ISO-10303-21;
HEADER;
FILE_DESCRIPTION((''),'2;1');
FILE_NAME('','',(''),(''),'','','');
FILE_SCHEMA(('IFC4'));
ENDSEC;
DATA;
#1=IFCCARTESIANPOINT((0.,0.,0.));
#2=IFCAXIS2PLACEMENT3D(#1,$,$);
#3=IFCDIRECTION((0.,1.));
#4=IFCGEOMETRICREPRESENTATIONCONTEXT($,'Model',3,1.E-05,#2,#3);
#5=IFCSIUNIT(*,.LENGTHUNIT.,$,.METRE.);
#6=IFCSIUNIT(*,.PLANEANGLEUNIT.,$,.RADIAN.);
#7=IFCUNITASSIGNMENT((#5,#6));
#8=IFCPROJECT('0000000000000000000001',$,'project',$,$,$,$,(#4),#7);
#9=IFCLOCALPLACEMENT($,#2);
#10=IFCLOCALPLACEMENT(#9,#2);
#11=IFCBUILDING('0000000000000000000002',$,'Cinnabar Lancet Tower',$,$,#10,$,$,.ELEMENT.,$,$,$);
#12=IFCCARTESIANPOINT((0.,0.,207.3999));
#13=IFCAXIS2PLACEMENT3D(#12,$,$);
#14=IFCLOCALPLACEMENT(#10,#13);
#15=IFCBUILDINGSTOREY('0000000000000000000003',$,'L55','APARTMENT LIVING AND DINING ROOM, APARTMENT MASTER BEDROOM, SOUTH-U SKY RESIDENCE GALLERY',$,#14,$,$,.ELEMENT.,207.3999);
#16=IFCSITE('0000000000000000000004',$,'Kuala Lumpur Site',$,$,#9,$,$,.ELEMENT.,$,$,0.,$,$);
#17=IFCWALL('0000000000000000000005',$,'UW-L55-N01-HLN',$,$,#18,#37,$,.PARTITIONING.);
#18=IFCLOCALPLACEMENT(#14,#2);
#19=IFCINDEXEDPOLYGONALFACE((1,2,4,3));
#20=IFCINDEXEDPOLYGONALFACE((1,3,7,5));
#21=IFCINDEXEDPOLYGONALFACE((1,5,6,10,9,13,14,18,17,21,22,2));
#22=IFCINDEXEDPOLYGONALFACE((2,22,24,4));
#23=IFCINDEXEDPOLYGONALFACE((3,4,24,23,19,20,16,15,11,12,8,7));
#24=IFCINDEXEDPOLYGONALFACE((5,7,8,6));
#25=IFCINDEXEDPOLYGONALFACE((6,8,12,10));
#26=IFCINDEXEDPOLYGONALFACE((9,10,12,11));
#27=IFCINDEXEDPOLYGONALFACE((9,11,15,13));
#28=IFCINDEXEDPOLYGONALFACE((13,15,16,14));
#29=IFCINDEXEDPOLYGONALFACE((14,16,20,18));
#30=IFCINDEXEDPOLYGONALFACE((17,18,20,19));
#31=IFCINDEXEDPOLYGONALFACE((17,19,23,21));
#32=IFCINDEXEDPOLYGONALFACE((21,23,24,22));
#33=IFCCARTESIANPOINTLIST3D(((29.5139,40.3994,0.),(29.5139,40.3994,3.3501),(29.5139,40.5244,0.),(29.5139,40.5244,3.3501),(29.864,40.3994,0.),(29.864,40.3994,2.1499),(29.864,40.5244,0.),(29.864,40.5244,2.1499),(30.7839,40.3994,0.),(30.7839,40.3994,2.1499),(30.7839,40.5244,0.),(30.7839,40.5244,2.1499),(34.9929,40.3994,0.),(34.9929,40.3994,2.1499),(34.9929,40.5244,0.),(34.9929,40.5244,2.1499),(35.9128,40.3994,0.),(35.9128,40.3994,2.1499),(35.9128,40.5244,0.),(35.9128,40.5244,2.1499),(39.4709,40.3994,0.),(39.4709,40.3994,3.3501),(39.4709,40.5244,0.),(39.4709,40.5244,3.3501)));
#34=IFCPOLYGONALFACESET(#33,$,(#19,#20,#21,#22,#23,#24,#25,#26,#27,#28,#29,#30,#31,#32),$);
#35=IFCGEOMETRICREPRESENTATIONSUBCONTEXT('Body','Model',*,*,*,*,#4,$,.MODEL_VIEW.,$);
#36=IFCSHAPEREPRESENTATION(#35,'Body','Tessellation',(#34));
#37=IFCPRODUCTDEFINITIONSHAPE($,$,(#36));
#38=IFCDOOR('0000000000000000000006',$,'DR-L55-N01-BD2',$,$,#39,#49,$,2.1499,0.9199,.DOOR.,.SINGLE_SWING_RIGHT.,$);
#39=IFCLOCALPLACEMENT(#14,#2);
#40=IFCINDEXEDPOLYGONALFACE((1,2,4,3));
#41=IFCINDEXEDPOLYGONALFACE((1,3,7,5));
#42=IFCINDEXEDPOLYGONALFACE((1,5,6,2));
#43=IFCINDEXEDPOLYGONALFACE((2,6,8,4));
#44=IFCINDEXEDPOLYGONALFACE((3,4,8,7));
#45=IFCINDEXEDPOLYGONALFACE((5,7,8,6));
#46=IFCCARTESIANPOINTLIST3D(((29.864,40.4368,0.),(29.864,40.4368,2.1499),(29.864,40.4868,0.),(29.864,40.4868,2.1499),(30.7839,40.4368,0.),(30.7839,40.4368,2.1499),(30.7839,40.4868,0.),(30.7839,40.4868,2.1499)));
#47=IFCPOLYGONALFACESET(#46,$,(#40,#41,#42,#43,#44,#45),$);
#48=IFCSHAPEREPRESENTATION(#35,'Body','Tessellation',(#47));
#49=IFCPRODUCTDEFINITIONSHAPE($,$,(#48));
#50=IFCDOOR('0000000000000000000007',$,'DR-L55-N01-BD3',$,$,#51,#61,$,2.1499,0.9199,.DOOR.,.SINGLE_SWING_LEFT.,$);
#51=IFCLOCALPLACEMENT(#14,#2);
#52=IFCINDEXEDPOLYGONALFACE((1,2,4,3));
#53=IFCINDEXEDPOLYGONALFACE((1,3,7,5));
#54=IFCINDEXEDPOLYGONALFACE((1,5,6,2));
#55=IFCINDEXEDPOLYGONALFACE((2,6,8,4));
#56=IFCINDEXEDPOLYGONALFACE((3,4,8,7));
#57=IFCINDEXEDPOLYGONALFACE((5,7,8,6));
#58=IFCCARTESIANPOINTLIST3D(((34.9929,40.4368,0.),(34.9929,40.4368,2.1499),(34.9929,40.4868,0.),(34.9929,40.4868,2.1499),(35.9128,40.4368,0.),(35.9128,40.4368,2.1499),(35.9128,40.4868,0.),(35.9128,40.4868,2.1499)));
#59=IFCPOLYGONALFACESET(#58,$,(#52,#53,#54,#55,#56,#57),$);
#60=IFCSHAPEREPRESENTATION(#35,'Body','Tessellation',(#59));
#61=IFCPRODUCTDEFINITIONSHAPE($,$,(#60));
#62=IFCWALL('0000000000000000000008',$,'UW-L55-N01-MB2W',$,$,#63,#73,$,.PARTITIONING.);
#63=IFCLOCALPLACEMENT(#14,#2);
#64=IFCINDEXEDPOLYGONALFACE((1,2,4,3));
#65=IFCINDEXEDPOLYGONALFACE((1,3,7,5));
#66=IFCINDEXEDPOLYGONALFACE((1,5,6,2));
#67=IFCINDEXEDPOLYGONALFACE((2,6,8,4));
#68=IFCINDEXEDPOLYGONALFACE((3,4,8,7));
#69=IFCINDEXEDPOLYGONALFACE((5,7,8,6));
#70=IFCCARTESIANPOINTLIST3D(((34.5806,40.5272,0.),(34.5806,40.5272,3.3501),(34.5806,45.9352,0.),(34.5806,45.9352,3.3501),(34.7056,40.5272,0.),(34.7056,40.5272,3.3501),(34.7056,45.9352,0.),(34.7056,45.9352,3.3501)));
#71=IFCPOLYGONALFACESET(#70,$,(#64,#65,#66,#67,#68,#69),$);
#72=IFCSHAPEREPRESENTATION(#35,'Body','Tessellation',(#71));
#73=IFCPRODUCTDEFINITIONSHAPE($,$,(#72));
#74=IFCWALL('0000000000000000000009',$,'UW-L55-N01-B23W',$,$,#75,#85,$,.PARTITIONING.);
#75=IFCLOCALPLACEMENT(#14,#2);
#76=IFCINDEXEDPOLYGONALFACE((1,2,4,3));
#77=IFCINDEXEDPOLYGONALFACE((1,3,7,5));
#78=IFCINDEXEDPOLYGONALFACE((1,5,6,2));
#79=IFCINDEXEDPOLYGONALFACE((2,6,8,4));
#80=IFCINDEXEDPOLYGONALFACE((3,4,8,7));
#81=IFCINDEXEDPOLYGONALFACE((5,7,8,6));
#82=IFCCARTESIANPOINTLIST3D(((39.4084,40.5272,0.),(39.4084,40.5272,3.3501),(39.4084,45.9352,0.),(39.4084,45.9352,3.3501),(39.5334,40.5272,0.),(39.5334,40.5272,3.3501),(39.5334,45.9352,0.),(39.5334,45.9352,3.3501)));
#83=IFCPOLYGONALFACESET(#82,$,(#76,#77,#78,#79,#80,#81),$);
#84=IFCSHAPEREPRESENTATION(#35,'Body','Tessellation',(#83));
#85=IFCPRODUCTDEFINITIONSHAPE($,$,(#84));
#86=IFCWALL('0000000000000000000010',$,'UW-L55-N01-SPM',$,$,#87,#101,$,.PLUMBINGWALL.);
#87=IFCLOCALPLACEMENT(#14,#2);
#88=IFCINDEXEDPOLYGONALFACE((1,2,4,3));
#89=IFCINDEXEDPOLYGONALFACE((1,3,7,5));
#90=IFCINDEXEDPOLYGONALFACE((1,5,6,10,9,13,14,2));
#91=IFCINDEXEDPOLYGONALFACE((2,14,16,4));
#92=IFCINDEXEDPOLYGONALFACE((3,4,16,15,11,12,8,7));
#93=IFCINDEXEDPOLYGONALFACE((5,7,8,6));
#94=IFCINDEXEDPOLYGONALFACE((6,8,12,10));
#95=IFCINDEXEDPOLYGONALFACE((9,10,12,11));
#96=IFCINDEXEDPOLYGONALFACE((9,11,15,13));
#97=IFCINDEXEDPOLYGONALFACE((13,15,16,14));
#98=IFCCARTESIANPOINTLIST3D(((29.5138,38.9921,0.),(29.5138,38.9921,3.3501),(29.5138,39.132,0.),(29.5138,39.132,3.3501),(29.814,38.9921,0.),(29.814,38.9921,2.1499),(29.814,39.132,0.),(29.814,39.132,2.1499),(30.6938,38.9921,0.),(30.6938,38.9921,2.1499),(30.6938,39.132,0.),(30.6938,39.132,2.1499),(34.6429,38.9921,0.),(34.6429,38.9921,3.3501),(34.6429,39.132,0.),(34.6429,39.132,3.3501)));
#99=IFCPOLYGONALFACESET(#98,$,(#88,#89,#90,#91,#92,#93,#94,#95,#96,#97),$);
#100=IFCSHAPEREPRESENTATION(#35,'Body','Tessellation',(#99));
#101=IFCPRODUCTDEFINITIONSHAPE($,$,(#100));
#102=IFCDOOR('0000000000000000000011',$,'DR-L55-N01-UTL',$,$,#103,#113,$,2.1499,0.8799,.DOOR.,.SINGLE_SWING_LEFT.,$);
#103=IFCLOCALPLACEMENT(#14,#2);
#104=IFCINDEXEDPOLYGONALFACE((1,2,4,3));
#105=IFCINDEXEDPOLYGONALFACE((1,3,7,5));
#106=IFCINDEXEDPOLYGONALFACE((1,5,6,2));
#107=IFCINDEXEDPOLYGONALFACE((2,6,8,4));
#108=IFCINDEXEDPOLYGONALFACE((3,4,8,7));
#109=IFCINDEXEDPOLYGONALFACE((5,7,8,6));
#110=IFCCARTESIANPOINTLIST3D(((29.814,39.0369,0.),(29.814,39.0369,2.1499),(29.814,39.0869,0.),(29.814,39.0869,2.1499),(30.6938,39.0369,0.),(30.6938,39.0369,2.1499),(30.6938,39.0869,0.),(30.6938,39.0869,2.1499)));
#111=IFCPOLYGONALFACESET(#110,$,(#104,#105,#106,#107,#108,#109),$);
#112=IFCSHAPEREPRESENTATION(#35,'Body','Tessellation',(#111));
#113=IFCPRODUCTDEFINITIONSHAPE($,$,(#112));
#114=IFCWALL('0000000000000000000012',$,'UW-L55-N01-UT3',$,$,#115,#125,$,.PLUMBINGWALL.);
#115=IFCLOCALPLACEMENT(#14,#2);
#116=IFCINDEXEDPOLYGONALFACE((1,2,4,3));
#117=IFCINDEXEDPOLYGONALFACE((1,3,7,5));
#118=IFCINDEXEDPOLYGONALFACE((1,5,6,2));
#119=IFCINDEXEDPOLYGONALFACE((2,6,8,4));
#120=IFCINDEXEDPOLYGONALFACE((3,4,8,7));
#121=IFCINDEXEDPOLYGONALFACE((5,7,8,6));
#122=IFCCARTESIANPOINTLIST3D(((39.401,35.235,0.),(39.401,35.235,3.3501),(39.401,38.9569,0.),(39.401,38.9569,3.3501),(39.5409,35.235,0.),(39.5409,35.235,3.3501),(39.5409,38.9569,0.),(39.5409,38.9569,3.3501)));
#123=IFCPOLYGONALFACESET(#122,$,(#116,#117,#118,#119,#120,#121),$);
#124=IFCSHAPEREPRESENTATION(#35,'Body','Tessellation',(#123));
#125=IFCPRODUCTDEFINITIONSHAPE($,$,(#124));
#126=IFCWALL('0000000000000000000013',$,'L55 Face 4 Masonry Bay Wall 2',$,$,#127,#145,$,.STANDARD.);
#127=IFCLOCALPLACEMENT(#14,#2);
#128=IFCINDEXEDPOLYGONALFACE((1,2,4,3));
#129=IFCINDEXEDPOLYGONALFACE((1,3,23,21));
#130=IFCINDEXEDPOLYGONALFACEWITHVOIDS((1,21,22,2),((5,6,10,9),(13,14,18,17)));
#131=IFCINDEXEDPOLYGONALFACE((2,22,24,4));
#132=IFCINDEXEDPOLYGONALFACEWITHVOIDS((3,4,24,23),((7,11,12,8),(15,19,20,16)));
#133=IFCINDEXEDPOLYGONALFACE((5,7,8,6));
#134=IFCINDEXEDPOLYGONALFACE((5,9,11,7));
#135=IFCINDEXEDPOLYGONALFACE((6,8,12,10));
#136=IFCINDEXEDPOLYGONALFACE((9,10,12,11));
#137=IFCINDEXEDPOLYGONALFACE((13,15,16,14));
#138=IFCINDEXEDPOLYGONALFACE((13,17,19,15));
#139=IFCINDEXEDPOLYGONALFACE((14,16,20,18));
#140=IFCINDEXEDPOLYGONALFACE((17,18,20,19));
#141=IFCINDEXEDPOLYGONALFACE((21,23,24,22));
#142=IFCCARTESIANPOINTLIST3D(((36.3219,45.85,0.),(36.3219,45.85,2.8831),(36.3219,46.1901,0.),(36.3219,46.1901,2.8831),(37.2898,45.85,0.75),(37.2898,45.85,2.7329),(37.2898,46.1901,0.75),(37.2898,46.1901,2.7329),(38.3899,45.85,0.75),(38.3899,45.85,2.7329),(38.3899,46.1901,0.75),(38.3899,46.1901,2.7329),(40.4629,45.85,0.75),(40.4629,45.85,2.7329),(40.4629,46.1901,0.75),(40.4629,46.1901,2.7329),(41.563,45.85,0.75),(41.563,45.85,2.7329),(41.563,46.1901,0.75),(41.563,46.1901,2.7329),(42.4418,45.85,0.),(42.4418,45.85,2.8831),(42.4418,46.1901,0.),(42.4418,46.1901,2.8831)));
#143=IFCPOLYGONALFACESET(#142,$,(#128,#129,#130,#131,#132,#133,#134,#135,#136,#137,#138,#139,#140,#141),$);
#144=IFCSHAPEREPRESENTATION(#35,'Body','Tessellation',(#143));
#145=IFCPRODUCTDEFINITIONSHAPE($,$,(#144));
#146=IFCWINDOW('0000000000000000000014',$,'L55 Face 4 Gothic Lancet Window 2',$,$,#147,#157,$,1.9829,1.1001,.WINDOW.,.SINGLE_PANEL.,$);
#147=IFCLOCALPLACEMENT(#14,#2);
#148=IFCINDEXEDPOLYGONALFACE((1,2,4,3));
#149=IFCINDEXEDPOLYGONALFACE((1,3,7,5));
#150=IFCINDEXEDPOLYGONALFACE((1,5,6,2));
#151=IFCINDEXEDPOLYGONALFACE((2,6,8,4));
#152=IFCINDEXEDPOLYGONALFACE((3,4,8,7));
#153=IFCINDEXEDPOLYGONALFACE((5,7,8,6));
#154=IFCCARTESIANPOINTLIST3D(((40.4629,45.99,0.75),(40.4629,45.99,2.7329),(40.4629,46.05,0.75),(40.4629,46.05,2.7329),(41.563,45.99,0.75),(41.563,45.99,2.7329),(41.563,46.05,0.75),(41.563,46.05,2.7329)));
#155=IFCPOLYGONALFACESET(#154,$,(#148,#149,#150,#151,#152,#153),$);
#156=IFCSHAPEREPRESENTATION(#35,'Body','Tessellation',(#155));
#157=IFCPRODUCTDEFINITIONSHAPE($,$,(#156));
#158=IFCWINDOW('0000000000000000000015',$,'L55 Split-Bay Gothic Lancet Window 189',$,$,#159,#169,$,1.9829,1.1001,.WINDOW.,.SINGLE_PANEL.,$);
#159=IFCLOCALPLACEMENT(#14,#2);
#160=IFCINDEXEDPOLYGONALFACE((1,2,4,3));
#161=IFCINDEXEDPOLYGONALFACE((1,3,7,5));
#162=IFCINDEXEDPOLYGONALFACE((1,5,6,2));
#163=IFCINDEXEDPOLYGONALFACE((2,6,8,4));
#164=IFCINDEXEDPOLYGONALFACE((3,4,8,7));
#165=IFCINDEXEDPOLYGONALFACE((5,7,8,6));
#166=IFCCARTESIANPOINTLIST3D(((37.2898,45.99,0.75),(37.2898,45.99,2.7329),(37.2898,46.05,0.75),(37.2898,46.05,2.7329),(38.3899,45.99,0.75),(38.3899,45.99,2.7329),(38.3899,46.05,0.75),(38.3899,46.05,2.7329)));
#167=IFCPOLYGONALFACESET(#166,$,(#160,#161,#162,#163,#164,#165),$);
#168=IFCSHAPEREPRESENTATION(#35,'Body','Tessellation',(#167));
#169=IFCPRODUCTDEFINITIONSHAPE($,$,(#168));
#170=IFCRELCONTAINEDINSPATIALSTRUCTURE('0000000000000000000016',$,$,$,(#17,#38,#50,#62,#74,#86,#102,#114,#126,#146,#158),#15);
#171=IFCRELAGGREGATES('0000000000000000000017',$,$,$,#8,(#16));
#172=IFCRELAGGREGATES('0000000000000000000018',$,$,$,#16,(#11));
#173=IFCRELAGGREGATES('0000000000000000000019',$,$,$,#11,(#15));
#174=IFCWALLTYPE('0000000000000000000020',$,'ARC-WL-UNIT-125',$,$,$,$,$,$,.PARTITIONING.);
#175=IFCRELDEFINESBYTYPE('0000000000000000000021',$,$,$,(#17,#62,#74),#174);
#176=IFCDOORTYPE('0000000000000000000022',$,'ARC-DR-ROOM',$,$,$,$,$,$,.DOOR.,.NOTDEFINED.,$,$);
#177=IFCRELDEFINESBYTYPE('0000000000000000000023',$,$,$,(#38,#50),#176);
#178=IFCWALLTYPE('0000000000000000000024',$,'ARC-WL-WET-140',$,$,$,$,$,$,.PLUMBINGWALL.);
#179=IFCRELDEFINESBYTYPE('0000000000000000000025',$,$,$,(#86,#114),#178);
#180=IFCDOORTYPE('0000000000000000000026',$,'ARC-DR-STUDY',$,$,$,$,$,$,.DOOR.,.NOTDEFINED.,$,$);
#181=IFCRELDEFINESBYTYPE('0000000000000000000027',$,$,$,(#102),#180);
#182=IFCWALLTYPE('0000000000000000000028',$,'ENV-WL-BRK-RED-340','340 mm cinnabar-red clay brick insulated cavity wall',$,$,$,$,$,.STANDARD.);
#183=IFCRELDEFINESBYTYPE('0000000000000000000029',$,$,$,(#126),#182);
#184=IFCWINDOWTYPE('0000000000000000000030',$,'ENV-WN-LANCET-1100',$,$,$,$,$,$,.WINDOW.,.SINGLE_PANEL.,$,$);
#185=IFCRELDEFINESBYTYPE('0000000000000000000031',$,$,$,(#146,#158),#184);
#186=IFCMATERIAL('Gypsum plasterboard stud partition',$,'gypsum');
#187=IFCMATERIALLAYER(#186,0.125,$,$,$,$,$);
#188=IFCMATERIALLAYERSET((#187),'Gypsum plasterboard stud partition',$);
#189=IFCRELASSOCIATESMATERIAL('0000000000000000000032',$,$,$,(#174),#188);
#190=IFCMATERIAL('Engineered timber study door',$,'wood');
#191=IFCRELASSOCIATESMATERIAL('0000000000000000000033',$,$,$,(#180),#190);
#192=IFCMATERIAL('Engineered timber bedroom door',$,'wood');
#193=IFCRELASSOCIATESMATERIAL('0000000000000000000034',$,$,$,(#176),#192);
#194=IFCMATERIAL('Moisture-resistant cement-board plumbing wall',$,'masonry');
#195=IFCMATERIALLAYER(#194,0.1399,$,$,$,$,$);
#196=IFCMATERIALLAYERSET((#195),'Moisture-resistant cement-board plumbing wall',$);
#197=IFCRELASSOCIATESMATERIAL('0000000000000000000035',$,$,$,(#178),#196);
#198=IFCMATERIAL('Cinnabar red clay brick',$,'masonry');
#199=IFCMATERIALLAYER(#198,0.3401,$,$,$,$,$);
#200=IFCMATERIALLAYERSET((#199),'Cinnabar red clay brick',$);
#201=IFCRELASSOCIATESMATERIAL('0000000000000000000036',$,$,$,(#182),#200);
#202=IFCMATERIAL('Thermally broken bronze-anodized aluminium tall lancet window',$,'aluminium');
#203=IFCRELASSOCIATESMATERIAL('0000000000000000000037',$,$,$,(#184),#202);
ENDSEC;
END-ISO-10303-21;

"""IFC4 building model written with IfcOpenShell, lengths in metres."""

from ifc_helpers import new_model, si_unit, direction, frame, frame_2d, origin, place, context, subcontext, project, spatial, rectangle, extrude, material, layer, layer_set, type_object, element, fill, save


model = new_model("IFC4")

# Units and contexts
model_context = context("Model", 3, precision=1e-05, world=origin(), true_north=direction((0.0, 1.0)))
body_context = subcontext(model_context, "Body", "Model", "MODEL_VIEW")
ifc_project = project(units=[si_unit("LENGTHUNIT", "METRE"), si_unit("PLANEANGLEUNIT", "RADIAN")], contexts=[model_context])

# Site, building, storey
site_placement = place(None, origin())
site = spatial("IfcSite", under=ifc_project, at=site_placement, Name="Kuala Lumpur Site", CompositionType="ELEMENT", RefElevation=0.0)
building_placement = place(site_placement, origin())
building = spatial("IfcBuilding", under=site, at=building_placement, Name="Cinnabar Lancet Tower", CompositionType="ELEMENT")
storey_placement = place(building_placement, frame((0.0, 0.0, 207.3999)))
storey = spatial("IfcBuildingStorey", under=building, at=storey_placement, Name="L55", Description="APARTMENT LIVING AND DINING ROOM, APARTMENT MASTER BEDROOM, SOUTH-U SKY RESIDENCE GALLERY", CompositionType="ELEMENT", Elevation=207.3999)

# Shared definitions
ifc_material_1 = material(Name="Gypsum plasterboard stud partition", Category="gypsum")
ifc_layer_1 = layer(ifc_material_1, 0.125)
ifc_layer_set_1 = layer_set([ifc_layer_1], Name="Gypsum plasterboard stud partition")
wall_type_1 = type_object("IfcWallType", Name="ARC-WL-UNIT-125", PredefinedType="PARTITIONING", material=ifc_layer_set_1)
ifc_material_2 = material(Name="Engineered timber study door", Category="wood")
door_type_1 = type_object("IfcDoorType", Name="ARC-DR-STUDY", OperationType="NOTDEFINED", PredefinedType="DOOR", material=ifc_material_2)

# Wall, openings, doors
wall_1_placement = place(storey_placement, frame((29.5139, 40.4619, 0.0), z_axis=(0.0, 0.0, 1.0), x_axis=(1.0, 0.0, 0.0)))
wall_1 = element("IfcWall", 1, at=wall_1_placement, inside=storey, type_object=wall_type_1, Name="UW-L55-N01-HLN", PredefinedType="PARTITIONING", context=body_context, shape_type="SweptSolid", body=[
    extrude(rectangle(XDim=9.957, YDim=0.125, at=frame_2d((4.9785, 0.0))), origin(), (0.0, 0.0, 1.0), 3.3501),
])
opening_1_placement = place(wall_1_placement, frame((0.3501, 0.0, 0.0)))
opening_1 = element("IfcOpeningElement", 2, at=opening_1_placement, cuts=wall_1, PredefinedType="OPENING", context=body_context, shape_type="SweptSolid", body=[
    extrude(rectangle(XDim=0.9199, YDim=2.1499, at=frame_2d((0.46, 1.075))), frame((0.0, 0.0725, 0.0), z_axis=(0.0, -1.0, 0.0), x_axis=(1.0, 0.0, 0.0)), (0.0, 0.0, 1.0), 0.145),
])
opening_2_placement = place(wall_1_placement, frame((5.479, 0.0, 0.0)))
opening_2 = element("IfcOpeningElement", 3, at=opening_2_placement, cuts=wall_1, PredefinedType="OPENING", context=body_context, shape_type="SweptSolid", body=[
    extrude(rectangle(XDim=0.9199, YDim=2.1499, at=frame_2d((0.46, 1.075))), frame((0.0, 0.0725, 0.0), z_axis=(0.0, -1.0, 0.0), x_axis=(1.0, 0.0, 0.0)), (0.0, 0.0, 1.0), 0.145),
])
ifc_material_3 = material(Name="Engineered timber bedroom door", Category="wood")
door_type_2 = type_object("IfcDoorType", Name="ARC-DR-ROOM", OperationType="NOTDEFINED", PredefinedType="DOOR", material=ifc_material_3)
door_1_placement = place(opening_1_placement, origin())
door_1 = element("IfcDoor", 4, at=door_1_placement, inside=storey, type_object=door_type_2, Name="DR-L55-N01-BD2", OperationType="SINGLE_SWING_RIGHT", OverallHeight=2.1499, OverallWidth=0.9199, PredefinedType="DOOR", context=body_context, shape_type="SweptSolid", body=[
    extrude(rectangle(XDim=0.9199, YDim=2.1499, at=frame_2d((0.46, 1.075))), frame((0.0, 0.0249, 0.0), z_axis=(0.0, -1.0, 0.0), x_axis=(1.0, 0.0, 0.0)), (0.0, 0.0, 1.0), 0.05),
])
fill(opening_1, door_1)
door_2_placement = place(opening_2_placement, origin())
door_2 = element("IfcDoor", 5, at=door_2_placement, inside=storey, type_object=door_type_2, Name="DR-L55-N01-BD3", OperationType="SINGLE_SWING_LEFT", OverallHeight=2.1499, OverallWidth=0.9199, PredefinedType="DOOR", context=body_context, shape_type="SweptSolid", body=[
    extrude(rectangle(XDim=0.9199, YDim=2.1499, at=frame_2d((0.46, 1.075))), frame((0.0, 0.0249, 0.0), z_axis=(0.0, -1.0, 0.0), x_axis=(1.0, 0.0, 0.0)), (0.0, 0.0, 1.0), 0.05),
])
fill(opening_2, door_2)

# Walls
for number, where, z_axis, x_axis, name in (
    (6, (34.6431, 40.5271, 0.0), (0.0, 0.0, 1.0), (0.0, 1.0, 0.0), "UW-L55-N01-MB2W"),
    (7, (39.4709, 40.5271, 0.0), (0.0, 0.0, 1.0), (0.0, 1.0, 0.0), "UW-L55-N01-B23W"),
):
    element("IfcWall", number, at=place(storey_placement, frame(where, z_axis=z_axis, x_axis=x_axis)), inside=storey, type_object=wall_type_1, Name=name, PredefinedType="PARTITIONING", context=body_context, shape_type="SweptSolid", body=[
        extrude(rectangle(XDim=5.408, YDim=0.125, at=frame_2d((2.7041, 0.0))), origin(), (0.0, 0.0, 1.0), 3.3501),
    ])

# Wall, opening, door
ifc_material_4 = material(Name="Moisture-resistant cement-board plumbing wall", Category="masonry")
ifc_layer_2 = layer(ifc_material_4, 0.1399)
ifc_layer_set_2 = layer_set([ifc_layer_2], Name="Moisture-resistant cement-board plumbing wall")
wall_type_2 = type_object("IfcWallType", Name="ARC-WL-WET-140", PredefinedType="PLUMBINGWALL", material=ifc_layer_set_2)
wall_2_placement = place(storey_placement, frame((29.5139, 39.062, 0.0), z_axis=(0.0, 0.0, 1.0), x_axis=(1.0, 0.0, 0.0)))
wall_2 = element("IfcWall", 8, at=wall_2_placement, inside=storey, type_object=wall_type_2, Name="UW-L55-N01-SPM", PredefinedType="PLUMBINGWALL", context=body_context, shape_type="SweptSolid", body=[
    extrude(rectangle(XDim=5.1292, YDim=0.1399, at=frame_2d((2.5645, 0.0))), origin(), (0.0, 0.0, 1.0), 3.3501),
])
opening_3_placement = place(wall_2_placement, frame((0.3, 0.0, 0.0)))
opening_3 = element("IfcOpeningElement", 9, at=opening_3_placement, cuts=wall_2, PredefinedType="OPENING", context=body_context, shape_type="SweptSolid", body=[
    extrude(rectangle(XDim=0.8799, YDim=2.1499, at=frame_2d((0.4399, 1.075))), frame((0.0, 0.0798, 0.0), z_axis=(0.0, -1.0, 0.0), x_axis=(1.0, 0.0, 0.0)), (0.0, 0.0, 1.0), 0.1599),
])
door_3_placement = place(opening_3_placement, origin())
door_3 = element("IfcDoor", 10, at=door_3_placement, inside=storey, type_object=door_type_1, Name="DR-L55-N01-UTL", OperationType="SINGLE_SWING_LEFT", OverallHeight=2.1499, OverallWidth=0.8799, PredefinedType="DOOR", context=body_context, shape_type="SweptSolid", body=[
    extrude(rectangle(XDim=0.8799, YDim=2.1499, at=frame_2d((0.4399, 1.075))), frame((0.0, 0.0249, 0.0), z_axis=(0.0, -1.0, 0.0), x_axis=(1.0, 0.0, 0.0)), (0.0, 0.0, 1.0), 0.05),
])
fill(opening_3, door_3)

# Wall
wall_3_placement = place(storey_placement, frame((39.4709, 35.2351, 0.0), z_axis=(0.0, 0.0, 1.0), x_axis=(0.0, 1.0, 0.0)))
element("IfcWall", 11, at=wall_3_placement, inside=storey, type_object=wall_type_2, Name="UW-L55-N01-UT3", PredefinedType="PLUMBINGWALL", context=body_context, shape_type="SweptSolid", body=[
    extrude(rectangle(XDim=3.7219, YDim=0.1399, at=frame_2d((1.8608, 0.0))), origin(), (0.0, 0.0, 1.0), 3.3501),
])

# Wall, openings, windows
ifc_material_5 = material(Name="Cinnabar red clay brick", Category="masonry")
ifc_layer_3 = layer(ifc_material_5, 0.3401)
ifc_layer_set_3 = layer_set([ifc_layer_3], Name="Cinnabar red clay brick")
wall_type_3 = type_object("IfcWallType", Name="ENV-WL-BRK-RED-340", Description="340 mm cinnabar-red clay brick insulated cavity wall", PredefinedType="STANDARD", material=ifc_layer_set_3)
wall_4_placement = place(storey_placement, frame((42.4419, 46.02, 0.0), z_axis=(0.0, 0.0, 1.0), x_axis=(-1.0, 0.0, 0.0)))
wall_4 = element("IfcWall", 12, at=wall_4_placement, inside=storey, type_object=wall_type_3, Name="L55 Face 4 Masonry Bay Wall 2", PredefinedType="STANDARD", context=body_context, shape_type="SweptSolid", body=[
    extrude(rectangle(XDim=6.1199, YDim=0.3401, at=frame_2d((3.0601, 0.0))), origin(), (0.0, 0.0, 1.0), 2.8831),
])
opening_4_placement = place(wall_4_placement, frame((0.8789, 0.0, 0.75)))
opening_4 = element("IfcOpeningElement", 13, at=opening_4_placement, cuts=wall_4, PredefinedType="OPENING", context=body_context, shape_type="SweptSolid", body=[
    extrude(rectangle(XDim=1.1001, YDim=1.9829, at=frame_2d((0.55, 0.9915))), frame((0.0, 0.1799, 0.0), z_axis=(0.0, -1.0, 0.0), x_axis=(1.0, 0.0, 0.0)), (0.0, 0.0, 1.0), 0.3601),
])
opening_5_placement = place(wall_4_placement, frame((4.052, 0.0, 0.75)))
opening_5 = element("IfcOpeningElement", 14, at=opening_5_placement, cuts=wall_4, PredefinedType="OPENING", context=body_context, shape_type="SweptSolid", body=[
    extrude(rectangle(XDim=1.1001, YDim=1.9829, at=frame_2d((0.55, 0.9915))), frame((0.0, 0.1799, 0.0), z_axis=(0.0, -1.0, 0.0), x_axis=(1.0, 0.0, 0.0)), (0.0, 0.0, 1.0), 0.3601),
])
ifc_material_6 = material(Name="Thermally broken bronze-anodized aluminium tall lancet window", Category="aluminium")
window_type = type_object("IfcWindowType", Name="ENV-WN-LANCET-1100", PartitioningType="SINGLE_PANEL", PredefinedType="WINDOW", material=ifc_material_6)
window_1_placement = place(opening_4_placement, origin())
window_1 = element("IfcWindow", 15, at=window_1_placement, inside=storey, type_object=window_type, Name="L55 Face 4 Gothic Lancet Window 2", OverallHeight=1.9829, OverallWidth=1.1001, PartitioningType="SINGLE_PANEL", PredefinedType="WINDOW", context=body_context, shape_type="SweptSolid", body=[
    extrude(rectangle(XDim=1.1001, YDim=1.9829, at=frame_2d((0.55, 0.9915))), frame((0.0, 0.03, 0.0), z_axis=(0.0, -1.0, 0.0), x_axis=(1.0, 0.0, 0.0)), (0.0, 0.0, 1.0), 0.0601),
])
fill(opening_4, window_1)
window_2_placement = place(opening_5_placement, origin())
window_2 = element("IfcWindow", 16, at=window_2_placement, inside=storey, type_object=window_type, Name="L55 Split-Bay Gothic Lancet Window 189", OverallHeight=1.9829, OverallWidth=1.1001, PartitioningType="SINGLE_PANEL", PredefinedType="WINDOW", context=body_context, shape_type="SweptSolid", body=[
    extrude(rectangle(XDim=1.1001, YDim=1.9829, at=frame_2d((0.55, 0.9915))), frame((0.0, 0.03, 0.0), z_axis=(0.0, -1.0, 0.0), x_axis=(1.0, 0.0, 0.0)), (0.0, 0.0, 1.0), 0.0601),
])
fill(opening_5, window_2)

save(model, "model.ifc")
